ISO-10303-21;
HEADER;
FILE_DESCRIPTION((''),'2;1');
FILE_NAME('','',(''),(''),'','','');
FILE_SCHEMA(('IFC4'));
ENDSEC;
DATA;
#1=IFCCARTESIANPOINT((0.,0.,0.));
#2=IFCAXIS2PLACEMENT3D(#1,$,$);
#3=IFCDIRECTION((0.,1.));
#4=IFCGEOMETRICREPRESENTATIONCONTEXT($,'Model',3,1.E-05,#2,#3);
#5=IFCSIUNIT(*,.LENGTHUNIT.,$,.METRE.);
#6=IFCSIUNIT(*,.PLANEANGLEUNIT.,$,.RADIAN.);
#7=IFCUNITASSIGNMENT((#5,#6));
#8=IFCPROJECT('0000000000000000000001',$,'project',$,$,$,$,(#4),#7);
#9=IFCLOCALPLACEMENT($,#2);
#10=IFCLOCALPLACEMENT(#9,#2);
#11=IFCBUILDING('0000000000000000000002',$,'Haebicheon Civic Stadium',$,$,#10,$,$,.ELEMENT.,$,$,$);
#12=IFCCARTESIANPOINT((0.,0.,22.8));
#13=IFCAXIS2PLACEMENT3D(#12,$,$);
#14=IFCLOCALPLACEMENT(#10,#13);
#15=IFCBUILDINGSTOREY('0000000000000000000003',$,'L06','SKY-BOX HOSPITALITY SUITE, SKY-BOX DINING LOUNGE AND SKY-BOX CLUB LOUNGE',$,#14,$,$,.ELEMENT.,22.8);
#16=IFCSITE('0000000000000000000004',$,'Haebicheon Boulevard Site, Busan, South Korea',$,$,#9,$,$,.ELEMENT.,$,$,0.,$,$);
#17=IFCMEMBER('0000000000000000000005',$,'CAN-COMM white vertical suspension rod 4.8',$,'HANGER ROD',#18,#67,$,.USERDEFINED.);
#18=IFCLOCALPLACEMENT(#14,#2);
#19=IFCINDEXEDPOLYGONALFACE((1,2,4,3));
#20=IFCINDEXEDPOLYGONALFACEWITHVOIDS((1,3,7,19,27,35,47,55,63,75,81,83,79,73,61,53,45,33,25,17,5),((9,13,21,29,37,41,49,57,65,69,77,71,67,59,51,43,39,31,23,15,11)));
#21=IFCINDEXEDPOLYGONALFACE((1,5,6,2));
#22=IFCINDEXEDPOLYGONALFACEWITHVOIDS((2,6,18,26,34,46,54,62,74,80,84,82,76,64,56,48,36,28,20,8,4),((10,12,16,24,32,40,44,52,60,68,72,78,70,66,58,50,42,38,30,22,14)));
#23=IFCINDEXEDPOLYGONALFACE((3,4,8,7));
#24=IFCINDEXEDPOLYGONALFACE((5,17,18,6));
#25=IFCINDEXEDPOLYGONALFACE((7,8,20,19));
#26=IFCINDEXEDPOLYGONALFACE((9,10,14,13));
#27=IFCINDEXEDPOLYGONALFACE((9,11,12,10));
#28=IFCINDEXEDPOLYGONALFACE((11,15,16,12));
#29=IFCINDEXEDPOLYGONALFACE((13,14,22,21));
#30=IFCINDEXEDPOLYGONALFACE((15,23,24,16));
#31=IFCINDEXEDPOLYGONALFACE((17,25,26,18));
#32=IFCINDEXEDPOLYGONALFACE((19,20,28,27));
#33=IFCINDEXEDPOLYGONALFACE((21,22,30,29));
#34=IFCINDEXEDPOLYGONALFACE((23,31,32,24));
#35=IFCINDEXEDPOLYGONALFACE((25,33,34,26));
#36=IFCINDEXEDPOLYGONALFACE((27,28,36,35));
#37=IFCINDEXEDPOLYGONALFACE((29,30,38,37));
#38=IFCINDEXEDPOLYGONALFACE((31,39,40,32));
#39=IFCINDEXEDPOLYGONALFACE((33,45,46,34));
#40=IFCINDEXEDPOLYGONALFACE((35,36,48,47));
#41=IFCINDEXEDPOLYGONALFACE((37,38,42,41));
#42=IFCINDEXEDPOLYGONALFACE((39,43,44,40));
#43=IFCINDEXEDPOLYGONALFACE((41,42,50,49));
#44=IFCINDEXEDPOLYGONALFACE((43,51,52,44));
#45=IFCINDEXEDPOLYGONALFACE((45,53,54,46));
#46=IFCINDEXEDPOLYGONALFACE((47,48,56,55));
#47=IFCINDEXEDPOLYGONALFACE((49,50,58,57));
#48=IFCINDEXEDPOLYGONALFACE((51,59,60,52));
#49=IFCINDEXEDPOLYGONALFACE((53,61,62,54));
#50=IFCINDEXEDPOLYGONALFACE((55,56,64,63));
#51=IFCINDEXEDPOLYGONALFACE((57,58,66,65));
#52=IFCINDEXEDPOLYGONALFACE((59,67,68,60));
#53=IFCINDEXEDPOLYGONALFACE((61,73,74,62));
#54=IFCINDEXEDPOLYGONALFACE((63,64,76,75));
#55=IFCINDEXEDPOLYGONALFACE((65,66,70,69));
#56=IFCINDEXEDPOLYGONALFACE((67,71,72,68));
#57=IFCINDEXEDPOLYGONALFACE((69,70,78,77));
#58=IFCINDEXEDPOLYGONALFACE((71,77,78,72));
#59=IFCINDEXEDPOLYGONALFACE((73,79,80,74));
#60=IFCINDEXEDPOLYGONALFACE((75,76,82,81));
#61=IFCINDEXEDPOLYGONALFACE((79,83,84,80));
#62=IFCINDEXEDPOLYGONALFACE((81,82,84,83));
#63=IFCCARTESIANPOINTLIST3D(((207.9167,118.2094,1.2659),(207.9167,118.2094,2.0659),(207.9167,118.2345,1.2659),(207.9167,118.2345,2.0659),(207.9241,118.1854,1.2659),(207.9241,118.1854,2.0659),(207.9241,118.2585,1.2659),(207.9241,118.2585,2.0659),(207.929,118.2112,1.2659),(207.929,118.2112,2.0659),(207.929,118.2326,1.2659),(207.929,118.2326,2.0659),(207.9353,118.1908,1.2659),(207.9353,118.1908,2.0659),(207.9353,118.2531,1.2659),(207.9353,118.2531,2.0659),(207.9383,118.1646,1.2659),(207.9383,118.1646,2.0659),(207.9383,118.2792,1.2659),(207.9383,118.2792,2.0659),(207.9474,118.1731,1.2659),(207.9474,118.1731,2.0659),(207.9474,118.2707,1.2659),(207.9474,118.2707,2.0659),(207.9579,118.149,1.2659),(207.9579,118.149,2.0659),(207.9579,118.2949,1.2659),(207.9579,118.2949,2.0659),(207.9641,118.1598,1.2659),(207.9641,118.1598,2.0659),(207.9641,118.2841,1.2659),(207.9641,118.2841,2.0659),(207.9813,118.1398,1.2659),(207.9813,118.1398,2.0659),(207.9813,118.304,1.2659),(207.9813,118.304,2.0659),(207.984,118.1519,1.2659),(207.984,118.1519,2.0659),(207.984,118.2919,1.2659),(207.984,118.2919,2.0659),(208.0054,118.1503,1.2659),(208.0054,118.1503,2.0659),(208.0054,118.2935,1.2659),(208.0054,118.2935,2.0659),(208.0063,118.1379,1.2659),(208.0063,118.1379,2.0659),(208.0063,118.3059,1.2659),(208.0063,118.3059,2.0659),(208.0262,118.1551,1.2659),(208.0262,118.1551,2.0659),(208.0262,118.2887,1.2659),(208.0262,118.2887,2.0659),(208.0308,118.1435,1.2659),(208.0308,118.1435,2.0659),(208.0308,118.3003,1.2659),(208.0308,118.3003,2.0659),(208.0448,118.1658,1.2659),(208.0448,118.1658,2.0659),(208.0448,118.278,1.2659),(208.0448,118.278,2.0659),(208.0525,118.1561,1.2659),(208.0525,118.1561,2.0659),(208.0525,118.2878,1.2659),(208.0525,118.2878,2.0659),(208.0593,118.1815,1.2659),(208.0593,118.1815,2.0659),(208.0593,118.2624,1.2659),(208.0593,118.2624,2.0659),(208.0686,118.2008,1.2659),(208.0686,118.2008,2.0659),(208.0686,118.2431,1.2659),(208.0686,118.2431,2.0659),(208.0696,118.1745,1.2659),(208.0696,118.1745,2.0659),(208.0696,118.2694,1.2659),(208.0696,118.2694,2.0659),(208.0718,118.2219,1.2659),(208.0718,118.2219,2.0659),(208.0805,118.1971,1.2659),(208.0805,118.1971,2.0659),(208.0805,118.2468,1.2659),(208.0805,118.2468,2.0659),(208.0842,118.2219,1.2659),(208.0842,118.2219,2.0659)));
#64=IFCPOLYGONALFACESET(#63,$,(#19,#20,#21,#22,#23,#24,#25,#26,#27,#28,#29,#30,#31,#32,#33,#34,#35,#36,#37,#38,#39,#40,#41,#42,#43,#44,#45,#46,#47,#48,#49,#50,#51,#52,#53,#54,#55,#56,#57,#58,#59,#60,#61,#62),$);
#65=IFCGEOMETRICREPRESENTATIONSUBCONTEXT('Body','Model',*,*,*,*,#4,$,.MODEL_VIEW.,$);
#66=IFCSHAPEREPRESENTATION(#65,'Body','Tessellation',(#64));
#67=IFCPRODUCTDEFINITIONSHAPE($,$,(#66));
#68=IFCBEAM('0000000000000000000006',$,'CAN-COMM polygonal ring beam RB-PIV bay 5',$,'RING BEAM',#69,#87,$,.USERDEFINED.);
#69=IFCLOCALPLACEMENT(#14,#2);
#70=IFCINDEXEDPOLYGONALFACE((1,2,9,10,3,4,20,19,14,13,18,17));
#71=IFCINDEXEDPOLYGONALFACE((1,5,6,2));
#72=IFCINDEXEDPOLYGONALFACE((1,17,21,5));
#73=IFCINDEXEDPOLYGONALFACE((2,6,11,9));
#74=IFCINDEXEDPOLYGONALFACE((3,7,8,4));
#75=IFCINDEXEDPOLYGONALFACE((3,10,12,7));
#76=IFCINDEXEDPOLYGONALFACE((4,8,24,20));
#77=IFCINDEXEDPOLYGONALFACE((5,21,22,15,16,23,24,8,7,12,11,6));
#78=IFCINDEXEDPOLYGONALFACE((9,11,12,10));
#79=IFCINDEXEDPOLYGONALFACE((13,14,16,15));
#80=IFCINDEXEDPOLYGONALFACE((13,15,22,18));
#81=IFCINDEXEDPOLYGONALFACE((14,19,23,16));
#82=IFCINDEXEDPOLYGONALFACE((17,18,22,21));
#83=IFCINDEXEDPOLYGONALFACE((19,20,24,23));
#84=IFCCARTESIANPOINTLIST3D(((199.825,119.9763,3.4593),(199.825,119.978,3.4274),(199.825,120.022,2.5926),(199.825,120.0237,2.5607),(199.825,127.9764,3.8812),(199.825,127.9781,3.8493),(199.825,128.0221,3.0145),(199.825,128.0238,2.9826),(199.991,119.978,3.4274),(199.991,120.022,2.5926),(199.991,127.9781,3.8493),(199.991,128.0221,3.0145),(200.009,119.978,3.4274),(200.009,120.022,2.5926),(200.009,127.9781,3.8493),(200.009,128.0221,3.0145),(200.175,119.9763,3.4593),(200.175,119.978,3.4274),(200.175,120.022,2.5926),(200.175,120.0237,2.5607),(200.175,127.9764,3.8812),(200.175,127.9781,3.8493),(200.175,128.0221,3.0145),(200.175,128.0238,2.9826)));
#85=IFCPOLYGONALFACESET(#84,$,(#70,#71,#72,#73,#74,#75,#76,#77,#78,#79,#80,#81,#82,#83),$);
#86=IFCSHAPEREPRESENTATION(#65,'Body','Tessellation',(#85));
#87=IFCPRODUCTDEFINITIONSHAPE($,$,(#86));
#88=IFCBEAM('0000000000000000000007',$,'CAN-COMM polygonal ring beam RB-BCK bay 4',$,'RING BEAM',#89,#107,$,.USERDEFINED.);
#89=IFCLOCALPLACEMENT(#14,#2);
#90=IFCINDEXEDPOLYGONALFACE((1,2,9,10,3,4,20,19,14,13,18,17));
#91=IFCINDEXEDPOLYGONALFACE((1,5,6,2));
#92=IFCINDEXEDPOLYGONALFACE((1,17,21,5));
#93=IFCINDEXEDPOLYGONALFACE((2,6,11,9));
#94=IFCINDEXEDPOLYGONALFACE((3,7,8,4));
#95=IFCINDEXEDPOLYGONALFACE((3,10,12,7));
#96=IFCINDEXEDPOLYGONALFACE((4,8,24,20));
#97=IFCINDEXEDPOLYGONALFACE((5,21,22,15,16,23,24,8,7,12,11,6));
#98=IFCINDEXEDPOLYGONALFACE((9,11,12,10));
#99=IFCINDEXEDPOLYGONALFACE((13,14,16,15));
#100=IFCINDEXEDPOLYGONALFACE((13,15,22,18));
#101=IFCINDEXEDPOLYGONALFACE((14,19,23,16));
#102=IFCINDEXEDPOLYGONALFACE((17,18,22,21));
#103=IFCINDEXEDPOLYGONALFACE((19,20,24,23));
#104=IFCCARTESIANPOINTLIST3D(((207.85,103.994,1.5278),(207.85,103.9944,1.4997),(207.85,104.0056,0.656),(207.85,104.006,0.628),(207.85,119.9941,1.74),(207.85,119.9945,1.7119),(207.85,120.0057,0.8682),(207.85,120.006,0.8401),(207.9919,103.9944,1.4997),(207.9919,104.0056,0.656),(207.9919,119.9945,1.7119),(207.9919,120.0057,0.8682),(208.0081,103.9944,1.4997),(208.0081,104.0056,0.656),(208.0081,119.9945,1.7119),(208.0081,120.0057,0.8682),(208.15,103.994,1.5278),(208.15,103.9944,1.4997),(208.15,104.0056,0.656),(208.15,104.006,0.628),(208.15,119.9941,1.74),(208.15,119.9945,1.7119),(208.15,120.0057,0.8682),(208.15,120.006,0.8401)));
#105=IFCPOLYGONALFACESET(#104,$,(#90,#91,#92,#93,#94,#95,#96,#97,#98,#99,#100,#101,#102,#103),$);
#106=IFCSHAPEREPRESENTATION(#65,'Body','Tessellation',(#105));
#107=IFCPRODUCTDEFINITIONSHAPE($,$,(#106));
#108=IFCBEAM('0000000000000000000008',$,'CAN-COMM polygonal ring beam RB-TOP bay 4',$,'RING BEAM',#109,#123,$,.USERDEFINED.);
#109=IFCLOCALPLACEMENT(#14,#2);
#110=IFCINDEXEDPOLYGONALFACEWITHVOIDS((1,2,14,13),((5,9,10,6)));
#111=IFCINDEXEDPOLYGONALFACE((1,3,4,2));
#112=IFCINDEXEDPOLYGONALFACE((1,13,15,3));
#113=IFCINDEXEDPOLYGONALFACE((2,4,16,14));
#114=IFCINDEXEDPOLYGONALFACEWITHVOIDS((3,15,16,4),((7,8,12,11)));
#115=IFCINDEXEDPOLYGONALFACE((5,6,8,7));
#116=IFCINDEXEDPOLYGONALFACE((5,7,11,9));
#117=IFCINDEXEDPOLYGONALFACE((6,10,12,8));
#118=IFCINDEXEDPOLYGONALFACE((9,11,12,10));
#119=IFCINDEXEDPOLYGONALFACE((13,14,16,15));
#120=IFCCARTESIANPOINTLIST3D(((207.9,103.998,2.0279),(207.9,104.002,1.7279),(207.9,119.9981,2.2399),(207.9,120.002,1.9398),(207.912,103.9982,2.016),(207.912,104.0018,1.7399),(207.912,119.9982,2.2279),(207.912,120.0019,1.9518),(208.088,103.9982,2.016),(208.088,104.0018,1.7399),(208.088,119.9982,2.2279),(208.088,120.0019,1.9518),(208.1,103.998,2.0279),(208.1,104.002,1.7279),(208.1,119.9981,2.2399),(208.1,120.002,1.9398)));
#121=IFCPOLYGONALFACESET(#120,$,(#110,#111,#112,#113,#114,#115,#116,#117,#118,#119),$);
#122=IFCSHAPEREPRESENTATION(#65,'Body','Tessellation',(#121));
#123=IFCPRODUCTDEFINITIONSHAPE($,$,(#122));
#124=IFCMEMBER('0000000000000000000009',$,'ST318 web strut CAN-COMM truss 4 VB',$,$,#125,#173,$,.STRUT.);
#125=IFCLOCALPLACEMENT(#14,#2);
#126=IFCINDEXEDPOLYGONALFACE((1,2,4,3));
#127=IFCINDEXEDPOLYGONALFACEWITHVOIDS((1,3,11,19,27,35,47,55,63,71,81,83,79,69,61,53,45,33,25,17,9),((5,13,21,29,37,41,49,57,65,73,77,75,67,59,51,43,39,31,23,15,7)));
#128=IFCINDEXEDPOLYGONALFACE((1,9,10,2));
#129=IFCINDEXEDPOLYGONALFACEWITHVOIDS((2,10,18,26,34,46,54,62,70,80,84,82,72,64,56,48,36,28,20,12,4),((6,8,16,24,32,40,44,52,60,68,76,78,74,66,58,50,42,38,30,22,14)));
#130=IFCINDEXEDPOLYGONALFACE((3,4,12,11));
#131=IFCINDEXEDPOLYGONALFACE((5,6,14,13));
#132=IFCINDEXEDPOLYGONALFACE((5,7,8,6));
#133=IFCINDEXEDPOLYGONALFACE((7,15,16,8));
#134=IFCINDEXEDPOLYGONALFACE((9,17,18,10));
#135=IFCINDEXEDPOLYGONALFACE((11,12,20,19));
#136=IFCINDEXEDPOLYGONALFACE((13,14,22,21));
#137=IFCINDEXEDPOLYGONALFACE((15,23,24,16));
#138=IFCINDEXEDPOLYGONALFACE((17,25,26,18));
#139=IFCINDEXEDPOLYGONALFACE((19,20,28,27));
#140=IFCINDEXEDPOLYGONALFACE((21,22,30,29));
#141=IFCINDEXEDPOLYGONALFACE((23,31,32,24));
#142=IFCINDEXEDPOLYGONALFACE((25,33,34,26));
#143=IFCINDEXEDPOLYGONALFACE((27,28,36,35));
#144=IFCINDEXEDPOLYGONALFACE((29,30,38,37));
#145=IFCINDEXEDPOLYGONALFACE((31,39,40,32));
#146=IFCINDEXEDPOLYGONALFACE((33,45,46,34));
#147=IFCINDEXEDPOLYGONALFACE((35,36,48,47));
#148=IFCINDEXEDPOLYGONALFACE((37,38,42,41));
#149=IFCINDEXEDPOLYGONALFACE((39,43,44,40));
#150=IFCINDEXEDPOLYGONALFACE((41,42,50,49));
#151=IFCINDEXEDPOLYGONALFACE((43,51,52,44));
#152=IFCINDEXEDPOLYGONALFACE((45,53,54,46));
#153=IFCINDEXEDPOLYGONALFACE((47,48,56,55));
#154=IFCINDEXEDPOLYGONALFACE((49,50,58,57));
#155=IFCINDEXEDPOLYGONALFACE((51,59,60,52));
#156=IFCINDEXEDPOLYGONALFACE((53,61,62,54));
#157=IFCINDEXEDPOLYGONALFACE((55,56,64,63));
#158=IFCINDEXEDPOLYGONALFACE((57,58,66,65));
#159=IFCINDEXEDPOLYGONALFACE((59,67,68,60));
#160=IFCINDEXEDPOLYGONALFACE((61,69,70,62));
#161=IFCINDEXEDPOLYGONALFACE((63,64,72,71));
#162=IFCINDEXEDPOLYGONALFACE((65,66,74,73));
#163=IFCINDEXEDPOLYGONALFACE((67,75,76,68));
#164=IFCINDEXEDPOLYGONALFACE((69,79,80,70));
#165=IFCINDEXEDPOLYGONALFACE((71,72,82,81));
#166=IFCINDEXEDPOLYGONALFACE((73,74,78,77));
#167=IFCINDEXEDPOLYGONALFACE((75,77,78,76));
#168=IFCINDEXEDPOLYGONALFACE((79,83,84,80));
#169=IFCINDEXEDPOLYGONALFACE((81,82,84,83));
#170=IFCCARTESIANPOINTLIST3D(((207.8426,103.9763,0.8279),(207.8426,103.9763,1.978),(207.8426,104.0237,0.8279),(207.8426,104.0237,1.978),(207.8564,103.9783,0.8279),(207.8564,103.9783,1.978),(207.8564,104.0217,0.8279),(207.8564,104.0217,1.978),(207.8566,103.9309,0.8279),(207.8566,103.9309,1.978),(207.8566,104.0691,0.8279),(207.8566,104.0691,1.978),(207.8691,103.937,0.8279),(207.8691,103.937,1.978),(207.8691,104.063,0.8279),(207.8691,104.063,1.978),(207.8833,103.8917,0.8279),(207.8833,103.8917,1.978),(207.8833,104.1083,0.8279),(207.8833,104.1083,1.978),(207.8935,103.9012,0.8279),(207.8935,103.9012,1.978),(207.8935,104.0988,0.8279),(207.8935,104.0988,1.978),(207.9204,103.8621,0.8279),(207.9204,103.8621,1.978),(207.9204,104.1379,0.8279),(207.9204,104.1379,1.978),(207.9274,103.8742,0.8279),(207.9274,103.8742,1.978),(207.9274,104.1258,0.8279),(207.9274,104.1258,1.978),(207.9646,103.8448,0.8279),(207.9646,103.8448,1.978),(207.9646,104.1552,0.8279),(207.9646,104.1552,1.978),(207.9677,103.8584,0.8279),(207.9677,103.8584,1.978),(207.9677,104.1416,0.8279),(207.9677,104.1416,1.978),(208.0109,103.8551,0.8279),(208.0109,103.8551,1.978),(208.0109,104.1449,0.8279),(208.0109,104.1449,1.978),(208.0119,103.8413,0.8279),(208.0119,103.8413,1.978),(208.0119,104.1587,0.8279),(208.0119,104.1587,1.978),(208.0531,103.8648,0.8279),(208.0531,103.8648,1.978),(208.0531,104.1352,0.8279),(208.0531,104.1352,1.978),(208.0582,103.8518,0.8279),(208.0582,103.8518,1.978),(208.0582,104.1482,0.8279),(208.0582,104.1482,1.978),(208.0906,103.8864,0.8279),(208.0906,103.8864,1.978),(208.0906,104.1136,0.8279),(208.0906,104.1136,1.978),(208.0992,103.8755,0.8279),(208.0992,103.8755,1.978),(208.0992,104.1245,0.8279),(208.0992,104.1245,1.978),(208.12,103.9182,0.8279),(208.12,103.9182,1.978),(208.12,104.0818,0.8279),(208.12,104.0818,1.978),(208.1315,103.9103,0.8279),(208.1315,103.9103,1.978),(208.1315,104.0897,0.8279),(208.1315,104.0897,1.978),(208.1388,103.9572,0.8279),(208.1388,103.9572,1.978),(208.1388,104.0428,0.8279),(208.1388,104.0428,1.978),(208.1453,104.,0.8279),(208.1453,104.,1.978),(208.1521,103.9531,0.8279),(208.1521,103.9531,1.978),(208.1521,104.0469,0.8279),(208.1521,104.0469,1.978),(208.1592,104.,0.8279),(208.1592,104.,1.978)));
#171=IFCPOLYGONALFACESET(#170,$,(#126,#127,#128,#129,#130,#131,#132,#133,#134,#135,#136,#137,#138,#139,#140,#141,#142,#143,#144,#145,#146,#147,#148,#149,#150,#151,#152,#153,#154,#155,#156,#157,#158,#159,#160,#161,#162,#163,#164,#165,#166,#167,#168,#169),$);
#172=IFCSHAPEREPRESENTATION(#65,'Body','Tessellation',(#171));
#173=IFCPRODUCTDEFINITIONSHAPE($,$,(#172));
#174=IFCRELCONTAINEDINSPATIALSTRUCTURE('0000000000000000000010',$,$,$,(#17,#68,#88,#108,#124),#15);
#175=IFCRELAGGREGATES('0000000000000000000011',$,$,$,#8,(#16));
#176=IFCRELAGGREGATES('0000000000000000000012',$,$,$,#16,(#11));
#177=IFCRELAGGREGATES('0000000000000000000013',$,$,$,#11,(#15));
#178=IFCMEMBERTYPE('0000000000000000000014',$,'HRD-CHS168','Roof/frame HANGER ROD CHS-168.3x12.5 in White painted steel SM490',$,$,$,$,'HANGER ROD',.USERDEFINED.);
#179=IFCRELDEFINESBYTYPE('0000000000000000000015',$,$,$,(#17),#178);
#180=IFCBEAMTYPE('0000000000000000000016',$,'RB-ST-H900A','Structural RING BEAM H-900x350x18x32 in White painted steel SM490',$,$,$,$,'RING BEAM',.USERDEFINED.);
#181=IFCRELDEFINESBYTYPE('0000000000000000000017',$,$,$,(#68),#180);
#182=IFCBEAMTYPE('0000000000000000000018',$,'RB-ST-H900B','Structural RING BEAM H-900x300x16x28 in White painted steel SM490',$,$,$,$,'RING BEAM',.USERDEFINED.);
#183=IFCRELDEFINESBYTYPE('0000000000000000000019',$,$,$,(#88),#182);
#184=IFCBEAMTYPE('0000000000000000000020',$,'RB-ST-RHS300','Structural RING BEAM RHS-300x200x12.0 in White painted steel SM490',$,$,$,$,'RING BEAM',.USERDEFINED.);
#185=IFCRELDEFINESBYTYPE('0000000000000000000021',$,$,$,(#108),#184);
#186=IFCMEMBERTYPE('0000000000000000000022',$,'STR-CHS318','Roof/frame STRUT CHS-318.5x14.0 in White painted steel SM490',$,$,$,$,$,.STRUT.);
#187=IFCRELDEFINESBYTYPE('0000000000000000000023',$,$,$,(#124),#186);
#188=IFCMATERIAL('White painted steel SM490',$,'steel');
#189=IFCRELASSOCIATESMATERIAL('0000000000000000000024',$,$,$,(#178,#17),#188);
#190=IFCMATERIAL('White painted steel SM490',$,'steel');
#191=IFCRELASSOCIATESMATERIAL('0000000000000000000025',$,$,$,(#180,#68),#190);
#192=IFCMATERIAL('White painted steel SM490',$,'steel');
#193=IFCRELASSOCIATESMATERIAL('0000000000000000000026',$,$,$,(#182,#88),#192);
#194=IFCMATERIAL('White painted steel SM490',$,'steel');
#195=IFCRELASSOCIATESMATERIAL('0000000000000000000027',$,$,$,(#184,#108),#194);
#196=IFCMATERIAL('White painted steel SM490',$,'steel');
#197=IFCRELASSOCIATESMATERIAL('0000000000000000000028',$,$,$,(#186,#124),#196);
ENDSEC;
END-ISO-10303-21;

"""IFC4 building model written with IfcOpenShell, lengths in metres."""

from ifc_helpers import new_model, si_unit, direction, frame, origin, origin_2d, place, context, subcontext, project, spatial, hollow_rectangle, hollow_circle, i_section, extrude, material, material_profile, profile_set, type_object, element, save


model = new_model("IFC4")

# Units and contexts
model_context = context("Model", 3, precision=1e-05, world=origin(), true_north=direction((0.0, 1.0)))
body_context = subcontext(model_context, "Body", "Model", "MODEL_VIEW")
ifc_project = project(units=[si_unit("LENGTHUNIT", "METRE"), si_unit("PLANEANGLEUNIT", "RADIAN")], contexts=[model_context])

# Site, building, storey
site_placement = place(None, origin())
site = spatial("IfcSite", under=ifc_project, at=site_placement, Name="Haebicheon Boulevard Site, Busan, South Korea", CompositionType="ELEMENT", RefElevation=0.0)
building_placement = place(site_placement, origin())
building = spatial("IfcBuilding", under=site, at=building_placement, Name="Haebicheon Civic Stadium", CompositionType="ELEMENT")
storey_placement = place(building_placement, frame((0.0, 0.0, 22.8)))
storey = spatial("IfcBuildingStorey", under=building, at=storey_placement, Name="L06", Description="SKY-BOX HOSPITALITY SUITE, SKY-BOX DINING LOUNGE AND SKY-BOX CLUB LOUNGE", CompositionType="ELEMENT", Elevation=22.8)

# Member
ifc_material_1 = material(Name="White painted steel SM490", Category="steel")
ifc_material_profile_1 = material_profile(ifc_material_1, hollow_circle(Radius=0.0842, WallThickness=0.0125, at=origin_2d()), Name="CHS-168.3x12.5")
ifc_profile_set_1 = profile_set([ifc_material_profile_1], Name="White painted steel SM490")
member_type_1 = type_object("IfcMemberType", Name="HRD-CHS168", Description="Roof/frame HANGER ROD CHS-168.3x12.5 in White painted steel SM490", ElementType="HANGER ROD", PredefinedType="USERDEFINED", material=ifc_profile_set_1)
for number, where, z_axis, x_axis, name in (
    (1, (208.0, 118.2219, 1.2659), (0.0, 0.0, 1.0), (1.0, 0.0, 0.0), "CAN-COMM white vertical suspension rod 4.8"),
):
    element("IfcMember", number, at=place(storey_placement, frame(where, z_axis=z_axis, x_axis=x_axis)), inside=storey, type_object=member_type_1, material=ifc_profile_set_1, Name=name, ObjectType="HANGER ROD", PredefinedType="USERDEFINED", context=body_context, shape_type="SweptSolid", body=[
        extrude(hollow_circle(Radius=0.0842, WallThickness=0.0125, at=origin_2d()), origin(), (0.0, 0.0, 1.0), 0.8),
    ])

# Beams
ifc_material_2 = material(Name="White painted steel SM490", Category="steel")
ifc_material_profile_2 = material_profile(ifc_material_2, i_section(OverallWidth=0.3501, OverallDepth=0.8999, WebThickness=0.0181, FlangeThickness=0.032, at=origin_2d()), Name="H-900x350x18x32")
ifc_profile_set_2 = profile_set([ifc_material_profile_2], Name="White painted steel SM490")
beam_type_1 = type_object("IfcBeamType", Name="RB-ST-H900A", Description="Structural RING BEAM H-900x350x18x32 in White painted steel SM490", ElementType="RING BEAM", PredefinedType="USERDEFINED", material=ifc_profile_set_2)
beam_1_placement = place(storey_placement, frame((200.0, 120.0, 3.01), z_axis=(0.0, 0.998612, 0.052661), x_axis=(-1.0, 0.0, 0.0)))
element("IfcBeam", 2, at=beam_1_placement, inside=storey, type_object=beam_type_1, material=ifc_profile_set_2, Name="CAN-COMM polygonal ring beam RB-PIV bay 5", ObjectType="RING BEAM", PredefinedType="USERDEFINED", context=body_context, shape_type="SweptSolid", body=[
    extrude(i_section(OverallWidth=0.3501, OverallDepth=0.8999, WebThickness=0.0181, FlangeThickness=0.032, at=origin_2d()), origin(), (0.0, 0.0, 1.0), 8.0112),
])
ifc_material_3 = material(Name="White painted steel SM490", Category="steel")
ifc_material_profile_3 = material_profile(ifc_material_3, i_section(OverallWidth=0.3, OverallDepth=0.8999, WebThickness=0.0161, FlangeThickness=0.0281, at=origin_2d()), Name="H-900x300x16x28")
ifc_profile_set_3 = profile_set([ifc_material_profile_3], Name="White painted steel SM490")
beam_type_2 = type_object("IfcBeamType", Name="RB-ST-H900B", Description="Structural RING BEAM H-900x300x16x28 in White painted steel SM490", ElementType="RING BEAM", PredefinedType="USERDEFINED", material=ifc_profile_set_3)
beam_2_placement = place(storey_placement, frame((208.0, 104.0, 1.0779), z_axis=(0.0, 0.999912, 0.013259), x_axis=(-1.0, 0.0, 0.0)))
element("IfcBeam", 3, at=beam_2_placement, inside=storey, type_object=beam_type_2, material=ifc_profile_set_3, Name="CAN-COMM polygonal ring beam RB-BCK bay 4", ObjectType="RING BEAM", PredefinedType="USERDEFINED", context=body_context, shape_type="SweptSolid", body=[
    extrude(i_section(OverallWidth=0.3, OverallDepth=0.8999, WebThickness=0.0161, FlangeThickness=0.0281, at=origin_2d()), origin(), (0.0, 0.0, 1.0), 16.0015),
])
ifc_material_4 = material(Name="White painted steel SM490", Category="steel")
ifc_material_profile_4 = material_profile(ifc_material_4, hollow_rectangle(XDim=0.2, YDim=0.3, WallThickness=0.012, at=origin_2d()), Name="RHS-300x200x12.0")
ifc_profile_set_4 = profile_set([ifc_material_profile_4], Name="White painted steel SM490")
beam_type_3 = type_object("IfcBeamType", Name="RB-ST-RHS300", Description="Structural RING BEAM RHS-300x200x12.0 in White painted steel SM490", ElementType="RING BEAM", PredefinedType="USERDEFINED", material=ifc_profile_set_4)
beam_3_placement = place(storey_placement, frame((208.0, 104.0, 1.8779), z_axis=(0.0, 0.999912, 0.013243), x_axis=(-1.0, 0.0, 0.0)))
element("IfcBeam", 4, at=beam_3_placement, inside=storey, type_object=beam_type_3, material=ifc_profile_set_4, Name="CAN-COMM polygonal ring beam RB-TOP bay 4", ObjectType="RING BEAM", PredefinedType="USERDEFINED", context=body_context, shape_type="SweptSolid", body=[
    extrude(hollow_rectangle(XDim=0.2, YDim=0.3, WallThickness=0.012, at=origin_2d()), origin(), (0.0, 0.0, 1.0), 16.0015),
])

# Member
ifc_material_5 = material(Name="White painted steel SM490", Category="steel")
ifc_material_profile_5 = material_profile(ifc_material_5, hollow_circle(Radius=0.1592, WallThickness=0.0139, at=origin_2d()), Name="CHS-318.5x14.0")
ifc_profile_set_5 = profile_set([ifc_material_profile_5], Name="White painted steel SM490")
member_type_2 = type_object("IfcMemberType", Name="STR-CHS318", Description="Roof/frame STRUT CHS-318.5x14.0 in White painted steel SM490", PredefinedType="STRUT", material=ifc_profile_set_5)
member_1_placement = place(storey_placement, frame((208.0, 104.0, 0.8279), z_axis=(0.0, 0.0, 1.0), x_axis=(1.0, 0.0, 0.0)))
element("IfcMember", 5, at=member_1_placement, inside=storey, type_object=member_type_2, material=ifc_profile_set_5, Name="ST318 web strut CAN-COMM truss 4 VB", PredefinedType="STRUT", context=body_context, shape_type="SweptSolid", body=[
    extrude(hollow_circle(Radius=0.1592, WallThickness=0.0139, at=origin_2d()), origin(), (0.0, 0.0, 1.0), 1.1501),
])

save(model, "model.ifc")
